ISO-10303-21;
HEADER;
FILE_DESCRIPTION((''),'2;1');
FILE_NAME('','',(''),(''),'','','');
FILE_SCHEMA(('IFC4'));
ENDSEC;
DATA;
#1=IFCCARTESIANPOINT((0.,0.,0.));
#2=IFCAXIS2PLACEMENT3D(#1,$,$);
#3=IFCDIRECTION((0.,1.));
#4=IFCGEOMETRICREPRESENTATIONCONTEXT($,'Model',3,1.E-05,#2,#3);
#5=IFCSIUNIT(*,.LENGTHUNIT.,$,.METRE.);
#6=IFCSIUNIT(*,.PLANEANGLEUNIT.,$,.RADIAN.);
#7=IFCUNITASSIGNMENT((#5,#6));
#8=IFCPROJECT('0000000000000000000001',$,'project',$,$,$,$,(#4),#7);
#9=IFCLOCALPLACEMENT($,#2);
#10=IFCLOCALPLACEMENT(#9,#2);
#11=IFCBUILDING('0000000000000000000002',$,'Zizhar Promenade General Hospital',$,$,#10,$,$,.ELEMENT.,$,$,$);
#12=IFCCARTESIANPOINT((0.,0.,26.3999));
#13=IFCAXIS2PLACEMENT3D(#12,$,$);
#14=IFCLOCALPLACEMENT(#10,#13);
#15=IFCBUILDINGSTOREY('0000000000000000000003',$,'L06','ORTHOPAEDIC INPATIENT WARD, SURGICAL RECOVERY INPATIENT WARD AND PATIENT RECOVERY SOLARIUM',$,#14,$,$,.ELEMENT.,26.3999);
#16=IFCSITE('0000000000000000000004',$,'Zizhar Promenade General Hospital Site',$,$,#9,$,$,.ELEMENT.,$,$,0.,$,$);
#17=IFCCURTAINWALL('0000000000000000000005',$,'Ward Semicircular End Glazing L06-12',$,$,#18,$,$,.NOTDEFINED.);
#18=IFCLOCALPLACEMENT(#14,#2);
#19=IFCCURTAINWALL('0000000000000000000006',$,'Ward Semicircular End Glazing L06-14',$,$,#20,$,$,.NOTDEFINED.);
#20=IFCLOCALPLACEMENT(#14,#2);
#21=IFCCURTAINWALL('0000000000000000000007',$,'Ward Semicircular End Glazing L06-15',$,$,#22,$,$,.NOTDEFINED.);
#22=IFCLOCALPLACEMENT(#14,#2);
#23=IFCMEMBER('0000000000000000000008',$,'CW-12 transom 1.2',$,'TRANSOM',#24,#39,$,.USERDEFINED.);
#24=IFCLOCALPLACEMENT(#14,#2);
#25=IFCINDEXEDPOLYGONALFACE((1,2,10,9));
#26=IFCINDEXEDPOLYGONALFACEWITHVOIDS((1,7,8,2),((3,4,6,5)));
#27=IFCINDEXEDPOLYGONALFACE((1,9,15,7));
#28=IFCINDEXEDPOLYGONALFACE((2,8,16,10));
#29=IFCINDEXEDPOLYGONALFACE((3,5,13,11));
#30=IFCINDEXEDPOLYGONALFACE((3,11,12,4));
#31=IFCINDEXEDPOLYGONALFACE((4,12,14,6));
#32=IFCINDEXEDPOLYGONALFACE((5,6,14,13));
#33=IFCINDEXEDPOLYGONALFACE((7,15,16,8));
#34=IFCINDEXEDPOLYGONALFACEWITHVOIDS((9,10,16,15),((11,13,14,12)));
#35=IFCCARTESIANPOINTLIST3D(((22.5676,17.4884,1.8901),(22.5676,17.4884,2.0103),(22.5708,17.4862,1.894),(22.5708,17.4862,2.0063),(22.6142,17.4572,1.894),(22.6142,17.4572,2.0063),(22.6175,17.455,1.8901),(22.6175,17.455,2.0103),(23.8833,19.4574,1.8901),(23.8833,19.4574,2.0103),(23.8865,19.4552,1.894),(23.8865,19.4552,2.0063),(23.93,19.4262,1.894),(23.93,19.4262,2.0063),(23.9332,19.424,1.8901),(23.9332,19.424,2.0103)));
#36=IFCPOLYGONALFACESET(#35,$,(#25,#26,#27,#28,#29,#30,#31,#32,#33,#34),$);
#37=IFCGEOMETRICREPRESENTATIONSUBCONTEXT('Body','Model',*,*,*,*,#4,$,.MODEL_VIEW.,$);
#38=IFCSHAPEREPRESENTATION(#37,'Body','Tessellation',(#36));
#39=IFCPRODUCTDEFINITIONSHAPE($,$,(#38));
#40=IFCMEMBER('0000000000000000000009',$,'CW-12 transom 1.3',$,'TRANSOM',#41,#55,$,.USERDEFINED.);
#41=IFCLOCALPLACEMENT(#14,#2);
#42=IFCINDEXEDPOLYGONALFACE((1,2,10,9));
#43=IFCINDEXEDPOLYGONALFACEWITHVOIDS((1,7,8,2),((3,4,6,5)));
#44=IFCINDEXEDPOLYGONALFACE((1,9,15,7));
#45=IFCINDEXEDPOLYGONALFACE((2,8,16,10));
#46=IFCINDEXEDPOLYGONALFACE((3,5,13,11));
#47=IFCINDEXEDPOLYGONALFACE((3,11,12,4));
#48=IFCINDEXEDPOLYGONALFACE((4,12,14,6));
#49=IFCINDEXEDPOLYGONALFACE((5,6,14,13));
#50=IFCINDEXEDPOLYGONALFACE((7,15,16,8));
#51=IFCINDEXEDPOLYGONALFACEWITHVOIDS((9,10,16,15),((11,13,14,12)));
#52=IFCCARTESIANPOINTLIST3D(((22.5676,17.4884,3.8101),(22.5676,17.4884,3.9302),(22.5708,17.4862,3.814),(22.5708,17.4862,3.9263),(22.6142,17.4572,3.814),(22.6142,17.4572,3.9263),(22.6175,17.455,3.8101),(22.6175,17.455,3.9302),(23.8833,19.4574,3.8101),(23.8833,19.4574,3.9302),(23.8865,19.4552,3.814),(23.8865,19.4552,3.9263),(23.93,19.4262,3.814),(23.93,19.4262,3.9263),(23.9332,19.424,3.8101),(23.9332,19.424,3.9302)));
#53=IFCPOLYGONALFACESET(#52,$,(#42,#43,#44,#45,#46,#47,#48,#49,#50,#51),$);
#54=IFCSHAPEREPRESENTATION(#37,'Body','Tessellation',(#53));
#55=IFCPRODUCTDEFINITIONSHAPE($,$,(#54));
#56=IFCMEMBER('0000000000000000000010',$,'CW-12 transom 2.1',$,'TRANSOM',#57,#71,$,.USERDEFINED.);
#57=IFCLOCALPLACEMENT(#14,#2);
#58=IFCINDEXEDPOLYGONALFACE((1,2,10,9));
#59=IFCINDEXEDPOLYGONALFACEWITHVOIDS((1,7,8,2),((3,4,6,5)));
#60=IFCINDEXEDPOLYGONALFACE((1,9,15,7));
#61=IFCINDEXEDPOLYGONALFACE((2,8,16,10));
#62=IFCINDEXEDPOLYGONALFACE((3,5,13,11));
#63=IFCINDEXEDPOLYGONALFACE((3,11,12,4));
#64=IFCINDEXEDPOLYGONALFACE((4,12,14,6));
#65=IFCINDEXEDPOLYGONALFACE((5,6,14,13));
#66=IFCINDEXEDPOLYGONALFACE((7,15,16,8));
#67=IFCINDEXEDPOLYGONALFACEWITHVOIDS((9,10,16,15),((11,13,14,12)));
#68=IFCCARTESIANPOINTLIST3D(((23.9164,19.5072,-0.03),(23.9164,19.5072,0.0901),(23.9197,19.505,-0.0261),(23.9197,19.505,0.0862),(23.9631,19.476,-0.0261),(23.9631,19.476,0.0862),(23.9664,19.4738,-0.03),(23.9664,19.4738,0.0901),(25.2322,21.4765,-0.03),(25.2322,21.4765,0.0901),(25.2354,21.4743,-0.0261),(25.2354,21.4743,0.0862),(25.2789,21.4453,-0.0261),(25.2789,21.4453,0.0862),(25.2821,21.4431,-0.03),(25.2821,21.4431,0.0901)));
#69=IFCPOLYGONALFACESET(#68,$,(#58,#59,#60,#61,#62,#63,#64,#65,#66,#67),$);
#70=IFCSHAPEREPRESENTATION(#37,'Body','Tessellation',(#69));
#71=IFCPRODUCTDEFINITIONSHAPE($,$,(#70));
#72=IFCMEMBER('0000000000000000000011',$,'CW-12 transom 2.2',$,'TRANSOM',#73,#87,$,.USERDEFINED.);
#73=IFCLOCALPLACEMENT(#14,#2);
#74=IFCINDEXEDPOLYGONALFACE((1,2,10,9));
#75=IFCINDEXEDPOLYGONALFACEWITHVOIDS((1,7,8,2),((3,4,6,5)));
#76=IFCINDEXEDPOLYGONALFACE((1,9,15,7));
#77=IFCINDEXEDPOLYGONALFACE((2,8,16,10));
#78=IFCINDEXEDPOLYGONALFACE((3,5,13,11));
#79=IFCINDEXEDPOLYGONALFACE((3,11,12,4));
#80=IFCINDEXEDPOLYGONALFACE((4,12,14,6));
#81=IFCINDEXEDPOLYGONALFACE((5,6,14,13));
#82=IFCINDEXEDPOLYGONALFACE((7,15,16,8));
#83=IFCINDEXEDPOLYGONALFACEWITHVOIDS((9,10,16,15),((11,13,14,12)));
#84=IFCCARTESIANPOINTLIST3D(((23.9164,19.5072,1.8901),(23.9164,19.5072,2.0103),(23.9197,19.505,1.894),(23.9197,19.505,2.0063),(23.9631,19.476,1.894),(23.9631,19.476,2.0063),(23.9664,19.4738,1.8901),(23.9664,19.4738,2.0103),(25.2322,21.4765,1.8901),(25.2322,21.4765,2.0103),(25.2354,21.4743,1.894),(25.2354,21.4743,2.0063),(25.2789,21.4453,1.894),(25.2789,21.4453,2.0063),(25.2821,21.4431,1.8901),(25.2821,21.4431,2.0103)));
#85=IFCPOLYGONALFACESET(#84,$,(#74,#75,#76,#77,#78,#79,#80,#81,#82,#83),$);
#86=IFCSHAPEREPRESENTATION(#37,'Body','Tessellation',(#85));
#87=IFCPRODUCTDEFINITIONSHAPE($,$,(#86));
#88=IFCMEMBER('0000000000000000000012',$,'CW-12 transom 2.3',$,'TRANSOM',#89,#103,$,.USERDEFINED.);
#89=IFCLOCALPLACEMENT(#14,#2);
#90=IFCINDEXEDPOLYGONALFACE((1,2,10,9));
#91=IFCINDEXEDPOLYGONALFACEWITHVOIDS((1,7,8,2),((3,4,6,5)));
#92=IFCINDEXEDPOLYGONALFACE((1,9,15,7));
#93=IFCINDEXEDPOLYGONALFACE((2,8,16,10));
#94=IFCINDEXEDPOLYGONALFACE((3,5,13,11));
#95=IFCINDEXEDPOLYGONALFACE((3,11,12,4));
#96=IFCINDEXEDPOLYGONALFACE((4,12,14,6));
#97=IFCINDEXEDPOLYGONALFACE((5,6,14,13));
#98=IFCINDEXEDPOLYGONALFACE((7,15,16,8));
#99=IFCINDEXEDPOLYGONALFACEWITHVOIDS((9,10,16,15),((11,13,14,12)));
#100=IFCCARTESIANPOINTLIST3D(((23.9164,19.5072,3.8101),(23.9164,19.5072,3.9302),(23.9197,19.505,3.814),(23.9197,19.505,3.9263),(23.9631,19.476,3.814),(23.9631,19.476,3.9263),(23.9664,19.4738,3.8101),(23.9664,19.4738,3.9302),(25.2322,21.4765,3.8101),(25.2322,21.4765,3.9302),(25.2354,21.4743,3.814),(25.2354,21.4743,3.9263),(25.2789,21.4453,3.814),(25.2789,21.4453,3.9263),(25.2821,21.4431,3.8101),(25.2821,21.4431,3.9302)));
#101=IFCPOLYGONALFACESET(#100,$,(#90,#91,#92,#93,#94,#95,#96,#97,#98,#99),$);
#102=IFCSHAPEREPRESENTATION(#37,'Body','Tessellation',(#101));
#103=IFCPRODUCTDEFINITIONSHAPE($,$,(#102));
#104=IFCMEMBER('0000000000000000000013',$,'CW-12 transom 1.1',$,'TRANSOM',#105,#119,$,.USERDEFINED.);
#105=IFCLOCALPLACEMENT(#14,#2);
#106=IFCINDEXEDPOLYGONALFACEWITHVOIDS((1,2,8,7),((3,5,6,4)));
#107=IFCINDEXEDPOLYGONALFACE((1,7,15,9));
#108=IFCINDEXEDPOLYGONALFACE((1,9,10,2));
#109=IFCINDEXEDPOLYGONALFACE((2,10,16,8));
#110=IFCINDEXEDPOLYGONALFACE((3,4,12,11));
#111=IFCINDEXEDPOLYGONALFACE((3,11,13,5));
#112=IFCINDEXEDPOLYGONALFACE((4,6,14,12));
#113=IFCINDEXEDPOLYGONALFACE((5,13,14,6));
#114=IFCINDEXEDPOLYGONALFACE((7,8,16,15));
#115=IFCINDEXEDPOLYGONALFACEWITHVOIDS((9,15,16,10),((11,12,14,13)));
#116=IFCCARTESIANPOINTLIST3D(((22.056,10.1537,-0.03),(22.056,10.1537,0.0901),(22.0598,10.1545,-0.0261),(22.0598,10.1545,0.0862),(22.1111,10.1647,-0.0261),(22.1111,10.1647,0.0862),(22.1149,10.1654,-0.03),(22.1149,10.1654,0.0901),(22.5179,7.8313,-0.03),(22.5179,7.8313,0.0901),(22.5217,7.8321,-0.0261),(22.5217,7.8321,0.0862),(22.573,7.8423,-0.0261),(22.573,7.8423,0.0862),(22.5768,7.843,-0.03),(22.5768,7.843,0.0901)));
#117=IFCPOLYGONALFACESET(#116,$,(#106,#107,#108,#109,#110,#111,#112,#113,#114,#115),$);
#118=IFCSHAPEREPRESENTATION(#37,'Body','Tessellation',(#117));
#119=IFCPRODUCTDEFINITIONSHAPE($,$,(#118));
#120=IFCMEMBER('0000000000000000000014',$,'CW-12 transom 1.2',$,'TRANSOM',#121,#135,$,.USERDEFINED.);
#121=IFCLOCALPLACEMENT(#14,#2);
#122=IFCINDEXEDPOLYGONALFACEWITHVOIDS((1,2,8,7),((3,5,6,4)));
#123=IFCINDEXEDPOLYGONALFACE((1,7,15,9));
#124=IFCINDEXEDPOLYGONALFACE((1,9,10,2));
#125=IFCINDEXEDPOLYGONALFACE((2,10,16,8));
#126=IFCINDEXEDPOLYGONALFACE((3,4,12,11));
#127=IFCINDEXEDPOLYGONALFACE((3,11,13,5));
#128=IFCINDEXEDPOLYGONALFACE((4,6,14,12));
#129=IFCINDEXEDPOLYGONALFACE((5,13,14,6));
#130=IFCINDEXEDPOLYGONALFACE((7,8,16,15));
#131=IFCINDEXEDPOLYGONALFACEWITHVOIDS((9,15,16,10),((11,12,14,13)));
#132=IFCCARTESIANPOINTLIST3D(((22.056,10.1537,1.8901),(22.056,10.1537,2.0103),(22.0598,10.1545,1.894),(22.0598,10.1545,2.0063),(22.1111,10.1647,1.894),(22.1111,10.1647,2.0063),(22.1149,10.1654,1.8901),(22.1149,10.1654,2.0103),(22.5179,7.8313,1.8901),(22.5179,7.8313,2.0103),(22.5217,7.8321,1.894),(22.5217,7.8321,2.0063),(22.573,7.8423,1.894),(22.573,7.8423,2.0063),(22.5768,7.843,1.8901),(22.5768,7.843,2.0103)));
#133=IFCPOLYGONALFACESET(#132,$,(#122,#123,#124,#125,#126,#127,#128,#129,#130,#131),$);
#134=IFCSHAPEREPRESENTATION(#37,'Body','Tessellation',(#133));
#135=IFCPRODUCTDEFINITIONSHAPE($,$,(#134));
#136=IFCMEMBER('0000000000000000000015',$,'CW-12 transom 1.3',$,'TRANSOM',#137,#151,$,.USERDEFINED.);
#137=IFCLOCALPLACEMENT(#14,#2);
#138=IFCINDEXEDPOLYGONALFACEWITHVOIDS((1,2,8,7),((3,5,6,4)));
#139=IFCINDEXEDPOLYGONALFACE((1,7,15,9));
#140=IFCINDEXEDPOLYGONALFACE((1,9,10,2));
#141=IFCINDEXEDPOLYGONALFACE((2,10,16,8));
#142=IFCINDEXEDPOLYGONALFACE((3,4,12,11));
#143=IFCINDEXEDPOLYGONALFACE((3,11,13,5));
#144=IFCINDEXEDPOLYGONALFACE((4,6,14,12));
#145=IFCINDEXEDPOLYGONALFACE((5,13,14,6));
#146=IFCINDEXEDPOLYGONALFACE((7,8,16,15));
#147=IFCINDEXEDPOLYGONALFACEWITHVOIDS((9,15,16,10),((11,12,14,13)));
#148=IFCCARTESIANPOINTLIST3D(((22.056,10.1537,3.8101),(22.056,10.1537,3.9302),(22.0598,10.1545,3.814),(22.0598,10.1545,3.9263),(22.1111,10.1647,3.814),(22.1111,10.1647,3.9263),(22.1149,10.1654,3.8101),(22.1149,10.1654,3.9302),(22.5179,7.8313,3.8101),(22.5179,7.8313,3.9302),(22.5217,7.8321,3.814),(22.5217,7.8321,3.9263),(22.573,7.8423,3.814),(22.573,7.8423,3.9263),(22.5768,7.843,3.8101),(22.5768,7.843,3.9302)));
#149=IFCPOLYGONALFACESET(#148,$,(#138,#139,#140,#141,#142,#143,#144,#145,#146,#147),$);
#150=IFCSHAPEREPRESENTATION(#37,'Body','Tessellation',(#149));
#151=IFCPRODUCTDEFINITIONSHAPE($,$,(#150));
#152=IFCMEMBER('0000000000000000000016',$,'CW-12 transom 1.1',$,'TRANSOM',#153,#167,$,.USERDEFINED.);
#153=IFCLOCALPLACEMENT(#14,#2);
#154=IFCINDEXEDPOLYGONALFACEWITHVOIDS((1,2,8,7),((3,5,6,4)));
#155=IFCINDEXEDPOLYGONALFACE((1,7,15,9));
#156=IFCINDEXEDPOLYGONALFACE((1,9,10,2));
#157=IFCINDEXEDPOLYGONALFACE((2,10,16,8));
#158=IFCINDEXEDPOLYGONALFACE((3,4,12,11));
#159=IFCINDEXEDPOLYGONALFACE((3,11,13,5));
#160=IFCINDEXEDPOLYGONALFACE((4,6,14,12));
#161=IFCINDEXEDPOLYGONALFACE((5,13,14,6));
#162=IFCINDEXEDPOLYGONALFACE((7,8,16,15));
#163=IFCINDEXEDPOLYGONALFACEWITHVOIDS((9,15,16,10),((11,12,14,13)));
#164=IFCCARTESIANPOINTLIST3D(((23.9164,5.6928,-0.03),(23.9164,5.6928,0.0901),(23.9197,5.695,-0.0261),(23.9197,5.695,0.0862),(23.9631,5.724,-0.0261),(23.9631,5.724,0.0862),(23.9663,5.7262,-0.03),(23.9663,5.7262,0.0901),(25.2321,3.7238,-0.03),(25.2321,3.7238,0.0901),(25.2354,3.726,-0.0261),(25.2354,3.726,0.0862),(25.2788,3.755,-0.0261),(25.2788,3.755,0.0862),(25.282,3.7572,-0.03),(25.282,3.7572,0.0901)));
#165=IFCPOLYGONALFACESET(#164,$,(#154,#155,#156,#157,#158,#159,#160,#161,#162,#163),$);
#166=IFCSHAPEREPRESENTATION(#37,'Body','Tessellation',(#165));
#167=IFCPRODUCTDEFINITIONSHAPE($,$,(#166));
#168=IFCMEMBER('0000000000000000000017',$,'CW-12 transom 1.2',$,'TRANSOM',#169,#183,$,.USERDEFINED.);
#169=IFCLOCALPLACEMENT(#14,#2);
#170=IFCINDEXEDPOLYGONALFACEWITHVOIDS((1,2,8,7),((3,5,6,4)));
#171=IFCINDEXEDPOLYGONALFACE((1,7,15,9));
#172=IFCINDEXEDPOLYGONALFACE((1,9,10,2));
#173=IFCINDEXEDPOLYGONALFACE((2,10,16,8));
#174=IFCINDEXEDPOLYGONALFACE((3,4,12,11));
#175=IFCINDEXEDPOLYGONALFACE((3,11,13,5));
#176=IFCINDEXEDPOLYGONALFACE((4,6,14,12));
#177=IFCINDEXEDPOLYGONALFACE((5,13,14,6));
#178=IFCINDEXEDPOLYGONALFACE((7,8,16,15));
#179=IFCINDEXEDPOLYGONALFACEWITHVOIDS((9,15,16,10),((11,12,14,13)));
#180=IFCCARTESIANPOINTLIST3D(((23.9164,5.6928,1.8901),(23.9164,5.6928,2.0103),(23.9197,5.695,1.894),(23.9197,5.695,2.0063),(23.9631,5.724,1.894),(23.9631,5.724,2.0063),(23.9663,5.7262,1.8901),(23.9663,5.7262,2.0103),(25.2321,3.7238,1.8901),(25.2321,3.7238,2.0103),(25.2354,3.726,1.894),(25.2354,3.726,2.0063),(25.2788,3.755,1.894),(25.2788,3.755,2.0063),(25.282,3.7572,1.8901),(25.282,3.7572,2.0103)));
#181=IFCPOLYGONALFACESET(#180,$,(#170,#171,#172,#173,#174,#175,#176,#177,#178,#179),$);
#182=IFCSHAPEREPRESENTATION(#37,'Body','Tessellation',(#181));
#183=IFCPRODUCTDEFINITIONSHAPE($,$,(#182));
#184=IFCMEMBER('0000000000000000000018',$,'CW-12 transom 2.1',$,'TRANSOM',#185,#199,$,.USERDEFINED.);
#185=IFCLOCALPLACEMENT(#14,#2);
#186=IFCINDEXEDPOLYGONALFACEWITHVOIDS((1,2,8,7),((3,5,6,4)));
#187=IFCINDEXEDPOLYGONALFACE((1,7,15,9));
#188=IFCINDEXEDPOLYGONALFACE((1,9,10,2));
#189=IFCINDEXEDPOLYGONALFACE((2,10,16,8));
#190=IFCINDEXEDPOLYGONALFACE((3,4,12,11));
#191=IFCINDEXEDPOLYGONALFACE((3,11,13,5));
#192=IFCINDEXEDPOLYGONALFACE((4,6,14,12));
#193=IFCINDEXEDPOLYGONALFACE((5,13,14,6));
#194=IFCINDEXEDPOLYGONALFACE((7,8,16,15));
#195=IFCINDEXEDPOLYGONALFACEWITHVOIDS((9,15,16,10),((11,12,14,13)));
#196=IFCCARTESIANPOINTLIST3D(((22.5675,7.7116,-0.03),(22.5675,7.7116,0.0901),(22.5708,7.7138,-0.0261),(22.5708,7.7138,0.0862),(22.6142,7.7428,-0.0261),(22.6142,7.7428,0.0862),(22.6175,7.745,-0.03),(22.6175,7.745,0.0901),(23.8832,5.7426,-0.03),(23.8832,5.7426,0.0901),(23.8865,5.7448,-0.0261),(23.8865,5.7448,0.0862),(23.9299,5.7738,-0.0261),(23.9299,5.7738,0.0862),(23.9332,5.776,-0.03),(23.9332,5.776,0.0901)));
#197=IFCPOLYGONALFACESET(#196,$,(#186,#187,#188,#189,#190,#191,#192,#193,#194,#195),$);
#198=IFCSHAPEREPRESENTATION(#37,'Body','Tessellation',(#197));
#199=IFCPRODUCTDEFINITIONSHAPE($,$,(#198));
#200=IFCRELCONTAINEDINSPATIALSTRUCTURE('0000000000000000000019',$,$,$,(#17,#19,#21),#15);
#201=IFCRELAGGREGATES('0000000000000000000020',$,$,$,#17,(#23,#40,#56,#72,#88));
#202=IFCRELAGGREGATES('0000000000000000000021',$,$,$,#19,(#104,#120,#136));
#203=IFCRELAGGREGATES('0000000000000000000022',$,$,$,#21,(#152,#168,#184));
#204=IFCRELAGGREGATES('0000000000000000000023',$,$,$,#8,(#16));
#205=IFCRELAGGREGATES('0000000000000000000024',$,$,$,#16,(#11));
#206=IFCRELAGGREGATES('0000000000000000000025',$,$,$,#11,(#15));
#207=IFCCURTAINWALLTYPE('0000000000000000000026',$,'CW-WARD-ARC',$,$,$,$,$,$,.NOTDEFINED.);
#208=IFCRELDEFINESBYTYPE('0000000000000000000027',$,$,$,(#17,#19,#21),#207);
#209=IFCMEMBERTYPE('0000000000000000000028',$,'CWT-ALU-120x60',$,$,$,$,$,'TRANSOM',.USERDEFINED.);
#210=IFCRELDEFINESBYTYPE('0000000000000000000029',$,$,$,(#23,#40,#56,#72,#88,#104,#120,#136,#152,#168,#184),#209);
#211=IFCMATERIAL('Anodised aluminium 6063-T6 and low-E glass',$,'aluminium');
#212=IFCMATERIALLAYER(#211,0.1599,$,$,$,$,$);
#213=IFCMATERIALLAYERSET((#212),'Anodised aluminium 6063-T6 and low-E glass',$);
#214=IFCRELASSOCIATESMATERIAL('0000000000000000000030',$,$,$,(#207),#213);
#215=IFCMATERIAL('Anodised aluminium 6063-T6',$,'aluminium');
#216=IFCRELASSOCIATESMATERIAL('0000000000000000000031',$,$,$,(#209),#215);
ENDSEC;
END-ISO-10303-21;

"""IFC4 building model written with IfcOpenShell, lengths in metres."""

from ifc_helpers import new_model, si_unit, direction, frame, origin, origin_2d, place, context, subcontext, project, spatial, hollow_rectangle, extrude, material, layer, layer_set, material_profile, profile_set, type_object, element, aggregate, save


model = new_model("IFC4")

# Units and contexts
model_context = context("Model", 3, precision=1e-05, world=origin(), true_north=direction((0.0, 1.0)))
body_context = subcontext(model_context, "Body", "Model", "MODEL_VIEW")
ifc_project = project(units=[si_unit("LENGTHUNIT", "METRE"), si_unit("PLANEANGLEUNIT", "RADIAN")], contexts=[model_context])

# Site, building, storey
site_placement = place(None, origin())
site = spatial("IfcSite", under=ifc_project, at=site_placement, Name="Zizhar Promenade General Hospital Site", CompositionType="ELEMENT", RefElevation=0.0)
building_placement = place(site_placement, origin())
building = spatial("IfcBuilding", under=site, at=building_placement, Name="Zizhar Promenade General Hospital", CompositionType="ELEMENT")
storey_placement = place(building_placement, frame((0.0, 0.0, 26.3999)))
storey = spatial("IfcBuildingStorey", under=building, at=storey_placement, Name="L06", Description="ORTHOPAEDIC INPATIENT WARD, SURGICAL RECOVERY INPATIENT WARD AND PATIENT RECOVERY SOLARIUM", CompositionType="ELEMENT", Elevation=26.3999)

# Curtain wall
ifc_material_1 = material(Name="Anodised aluminium 6063-T6 and low-E glass", Category="aluminium")
ifc_layer_1 = layer(ifc_material_1, 0.1599)
ifc_layer_set_1 = layer_set([ifc_layer_1], Name="Anodised aluminium 6063-T6 and low-E glass")
curtain_wall_type = type_object("IfcCurtainWallType", Name="CW-WARD-ARC", PredefinedType="NOTDEFINED", material=ifc_layer_set_1)
curtain_wall_1_placement = place(storey_placement, origin())
curtain_wall_1 = element("IfcCurtainWall", 1, at=curtain_wall_1_placement, inside=storey, type_object=curtain_wall_type, Name="Ward Semicircular End Glazing L06-12", PredefinedType="NOTDEFINED")

# Curtain wall
curtain_wall_2_placement = place(storey_placement, origin())
curtain_wall_2 = element("IfcCurtainWall", 2, at=curtain_wall_2_placement, inside=storey, type_object=curtain_wall_type, Name="Ward Semicircular End Glazing L06-14", PredefinedType="NOTDEFINED")

# Curtain wall
curtain_wall_3_placement = place(storey_placement, origin())
curtain_wall_3 = element("IfcCurtainWall", 3, at=curtain_wall_3_placement, inside=storey, type_object=curtain_wall_type, Name="Ward Semicircular End Glazing L06-15", PredefinedType="NOTDEFINED")

# Members
ifc_material_2 = material(Name="Anodised aluminium 6063-T6", Category="aluminium")
ifc_material_profile_1 = material_profile(ifc_material_2, hollow_rectangle(XDim=0.0601, YDim=0.1201, WallThickness=0.0039, at=origin_2d()))
ifc_profile_set_1 = profile_set([ifc_material_profile_1], Name="Anodised aluminium 6063-T6")
member_type_1 = type_object("IfcMemberType", Name="CWT-ALU-120x60", ElementType="TRANSOM", PredefinedType="USERDEFINED", material=ifc_profile_set_1)
member_1_placement = place(storey_placement, frame((22.5925, 17.4717, 1.9502), z_axis=(0.55558, 0.831463, 0.0), x_axis=(-0.831463, 0.55558, 0.0)))
member_1 = element("IfcMember", 4, at=member_1_placement, type_object=member_type_1, Name="CW-12 transom 1.2", ObjectType="TRANSOM", PredefinedType="USERDEFINED", context=body_context, shape_type="SweptSolid", body=[
    extrude(hollow_rectangle(XDim=0.0601, YDim=0.1201, WallThickness=0.0039, at=origin_2d()), origin(), (0.0, 0.0, 1.0), 2.3682),
])
member_2_placement = place(storey_placement, frame((22.5925, 17.4717, 3.8701), z_axis=(0.55558, 0.831463, 0.0), x_axis=(-0.831463, 0.55558, 0.0)))
member_2 = element("IfcMember", 5, at=member_2_placement, type_object=member_type_1, Name="CW-12 transom 1.3", ObjectType="TRANSOM", PredefinedType="USERDEFINED", context=body_context, shape_type="SweptSolid", body=[
    extrude(hollow_rectangle(XDim=0.0601, YDim=0.1201, WallThickness=0.0039, at=origin_2d()), origin(), (0.0, 0.0, 1.0), 2.3682),
])
member_3_placement = place(storey_placement, frame((23.9414, 19.4905, 0.03), z_axis=(0.555533, 0.831495, 0.0), x_axis=(-0.831495, 0.555533, 0.0)))
member_3 = element("IfcMember", 6, at=member_3_placement, type_object=member_type_1, Name="CW-12 transom 2.1", ObjectType="TRANSOM", PredefinedType="USERDEFINED", context=body_context, shape_type="SweptSolid", body=[
    extrude(hollow_rectangle(XDim=0.0601, YDim=0.1201, WallThickness=0.0039, at=origin_2d()), origin(), (0.0, 0.0, 1.0), 2.3684),
])
member_4_placement = place(storey_placement, frame((23.9414, 19.4905, 1.9502), z_axis=(0.555533, 0.831495, 0.0), x_axis=(-0.831495, 0.555533, 0.0)))
member_4 = element("IfcMember", 7, at=member_4_placement, type_object=member_type_1, Name="CW-12 transom 2.2", ObjectType="TRANSOM", PredefinedType="USERDEFINED", context=body_context, shape_type="SweptSolid", body=[
    extrude(hollow_rectangle(XDim=0.0601, YDim=0.1201, WallThickness=0.0039, at=origin_2d()), origin(), (0.0, 0.0, 1.0), 2.3684),
])
member_5_placement = place(storey_placement, frame((23.9414, 19.4905, 3.8701), z_axis=(0.555533, 0.831495, 0.0), x_axis=(-0.831495, 0.555533, 0.0)))
member_5 = element("IfcMember", 8, at=member_5_placement, type_object=member_type_1, Name="CW-12 transom 2.3", ObjectType="TRANSOM", PredefinedType="USERDEFINED", context=body_context, shape_type="SweptSolid", body=[
    extrude(hollow_rectangle(XDim=0.0601, YDim=0.1201, WallThickness=0.0039, at=origin_2d()), origin(), (0.0, 0.0, 1.0), 2.3684),
])
member_6_placement = place(storey_placement, frame((22.5474, 7.8372, 0.03), z_axis=(-0.195065, 0.98079, 0.0), x_axis=(-0.98079, -0.195065, 0.0)))
member_6 = element("IfcMember", 9, at=member_6_placement, type_object=member_type_1, Name="CW-12 transom 1.1", ObjectType="TRANSOM", PredefinedType="USERDEFINED", context=body_context, shape_type="SweptSolid", body=[
    extrude(hollow_rectangle(XDim=0.0601, YDim=0.1201, WallThickness=0.0039, at=origin_2d()), origin(), (0.0, 0.0, 1.0), 2.3679),
])
member_7_placement = place(storey_placement, frame((22.5474, 7.8372, 1.9502), z_axis=(-0.195065, 0.98079, 0.0), x_axis=(-0.98079, -0.195065, 0.0)))
member_7 = element("IfcMember", 10, at=member_7_placement, type_object=member_type_1, Name="CW-12 transom 1.2", ObjectType="TRANSOM", PredefinedType="USERDEFINED", context=body_context, shape_type="SweptSolid", body=[
    extrude(hollow_rectangle(XDim=0.0601, YDim=0.1201, WallThickness=0.0039, at=origin_2d()), origin(), (0.0, 0.0, 1.0), 2.3679),
])
member_8_placement = place(storey_placement, frame((22.5474, 7.8372, 3.8701), z_axis=(-0.195065, 0.98079, 0.0), x_axis=(-0.98079, -0.195065, 0.0)))
member_8 = element("IfcMember", 11, at=member_8_placement, type_object=member_type_1, Name="CW-12 transom 1.3", ObjectType="TRANSOM", PredefinedType="USERDEFINED", context=body_context, shape_type="SweptSolid", body=[
    extrude(hollow_rectangle(XDim=0.0601, YDim=0.1201, WallThickness=0.0039, at=origin_2d()), origin(), (0.0, 0.0, 1.0), 2.3679),
])
member_9_placement = place(storey_placement, frame((25.2571, 3.7405, 0.03), z_axis=(-0.55558, 0.831463, 0.0), x_axis=(-0.831463, -0.55558, 0.0)))
member_9 = element("IfcMember", 12, at=member_9_placement, type_object=member_type_1, Name="CW-12 transom 1.1", ObjectType="TRANSOM", PredefinedType="USERDEFINED", context=body_context, shape_type="SweptSolid", body=[
    extrude(hollow_rectangle(XDim=0.0601, YDim=0.1201, WallThickness=0.0039, at=origin_2d()), origin(), (0.0, 0.0, 1.0), 2.3682),
])
member_10_placement = place(storey_placement, frame((25.2571, 3.7405, 1.9502), z_axis=(-0.55558, 0.831463, 0.0), x_axis=(-0.831463, -0.55558, 0.0)))
member_10 = element("IfcMember", 13, at=member_10_placement, type_object=member_type_1, Name="CW-12 transom 1.2", ObjectType="TRANSOM", PredefinedType="USERDEFINED", context=body_context, shape_type="SweptSolid", body=[
    extrude(hollow_rectangle(XDim=0.0601, YDim=0.1201, WallThickness=0.0039, at=origin_2d()), origin(), (0.0, 0.0, 1.0), 2.3682),
])
member_11_placement = place(storey_placement, frame((23.9082, 5.7593, 0.03), z_axis=(-0.55558, 0.831463, 0.0), x_axis=(-0.831463, -0.55558, 0.0)))
member_11 = element("IfcMember", 14, at=member_11_placement, type_object=member_type_1, Name="CW-12 transom 2.1", ObjectType="TRANSOM", PredefinedType="USERDEFINED", context=body_context, shape_type="SweptSolid", body=[
    extrude(hollow_rectangle(XDim=0.0601, YDim=0.1201, WallThickness=0.0039, at=origin_2d()), origin(), (0.0, 0.0, 1.0), 2.3682),
])

aggregate(curtain_wall_1, [member_1, member_2, member_3, member_4, member_5])
aggregate(curtain_wall_2, [member_6, member_7, member_8])
aggregate(curtain_wall_3, [member_9, member_10, member_11])

save(model, "model.ifc")
